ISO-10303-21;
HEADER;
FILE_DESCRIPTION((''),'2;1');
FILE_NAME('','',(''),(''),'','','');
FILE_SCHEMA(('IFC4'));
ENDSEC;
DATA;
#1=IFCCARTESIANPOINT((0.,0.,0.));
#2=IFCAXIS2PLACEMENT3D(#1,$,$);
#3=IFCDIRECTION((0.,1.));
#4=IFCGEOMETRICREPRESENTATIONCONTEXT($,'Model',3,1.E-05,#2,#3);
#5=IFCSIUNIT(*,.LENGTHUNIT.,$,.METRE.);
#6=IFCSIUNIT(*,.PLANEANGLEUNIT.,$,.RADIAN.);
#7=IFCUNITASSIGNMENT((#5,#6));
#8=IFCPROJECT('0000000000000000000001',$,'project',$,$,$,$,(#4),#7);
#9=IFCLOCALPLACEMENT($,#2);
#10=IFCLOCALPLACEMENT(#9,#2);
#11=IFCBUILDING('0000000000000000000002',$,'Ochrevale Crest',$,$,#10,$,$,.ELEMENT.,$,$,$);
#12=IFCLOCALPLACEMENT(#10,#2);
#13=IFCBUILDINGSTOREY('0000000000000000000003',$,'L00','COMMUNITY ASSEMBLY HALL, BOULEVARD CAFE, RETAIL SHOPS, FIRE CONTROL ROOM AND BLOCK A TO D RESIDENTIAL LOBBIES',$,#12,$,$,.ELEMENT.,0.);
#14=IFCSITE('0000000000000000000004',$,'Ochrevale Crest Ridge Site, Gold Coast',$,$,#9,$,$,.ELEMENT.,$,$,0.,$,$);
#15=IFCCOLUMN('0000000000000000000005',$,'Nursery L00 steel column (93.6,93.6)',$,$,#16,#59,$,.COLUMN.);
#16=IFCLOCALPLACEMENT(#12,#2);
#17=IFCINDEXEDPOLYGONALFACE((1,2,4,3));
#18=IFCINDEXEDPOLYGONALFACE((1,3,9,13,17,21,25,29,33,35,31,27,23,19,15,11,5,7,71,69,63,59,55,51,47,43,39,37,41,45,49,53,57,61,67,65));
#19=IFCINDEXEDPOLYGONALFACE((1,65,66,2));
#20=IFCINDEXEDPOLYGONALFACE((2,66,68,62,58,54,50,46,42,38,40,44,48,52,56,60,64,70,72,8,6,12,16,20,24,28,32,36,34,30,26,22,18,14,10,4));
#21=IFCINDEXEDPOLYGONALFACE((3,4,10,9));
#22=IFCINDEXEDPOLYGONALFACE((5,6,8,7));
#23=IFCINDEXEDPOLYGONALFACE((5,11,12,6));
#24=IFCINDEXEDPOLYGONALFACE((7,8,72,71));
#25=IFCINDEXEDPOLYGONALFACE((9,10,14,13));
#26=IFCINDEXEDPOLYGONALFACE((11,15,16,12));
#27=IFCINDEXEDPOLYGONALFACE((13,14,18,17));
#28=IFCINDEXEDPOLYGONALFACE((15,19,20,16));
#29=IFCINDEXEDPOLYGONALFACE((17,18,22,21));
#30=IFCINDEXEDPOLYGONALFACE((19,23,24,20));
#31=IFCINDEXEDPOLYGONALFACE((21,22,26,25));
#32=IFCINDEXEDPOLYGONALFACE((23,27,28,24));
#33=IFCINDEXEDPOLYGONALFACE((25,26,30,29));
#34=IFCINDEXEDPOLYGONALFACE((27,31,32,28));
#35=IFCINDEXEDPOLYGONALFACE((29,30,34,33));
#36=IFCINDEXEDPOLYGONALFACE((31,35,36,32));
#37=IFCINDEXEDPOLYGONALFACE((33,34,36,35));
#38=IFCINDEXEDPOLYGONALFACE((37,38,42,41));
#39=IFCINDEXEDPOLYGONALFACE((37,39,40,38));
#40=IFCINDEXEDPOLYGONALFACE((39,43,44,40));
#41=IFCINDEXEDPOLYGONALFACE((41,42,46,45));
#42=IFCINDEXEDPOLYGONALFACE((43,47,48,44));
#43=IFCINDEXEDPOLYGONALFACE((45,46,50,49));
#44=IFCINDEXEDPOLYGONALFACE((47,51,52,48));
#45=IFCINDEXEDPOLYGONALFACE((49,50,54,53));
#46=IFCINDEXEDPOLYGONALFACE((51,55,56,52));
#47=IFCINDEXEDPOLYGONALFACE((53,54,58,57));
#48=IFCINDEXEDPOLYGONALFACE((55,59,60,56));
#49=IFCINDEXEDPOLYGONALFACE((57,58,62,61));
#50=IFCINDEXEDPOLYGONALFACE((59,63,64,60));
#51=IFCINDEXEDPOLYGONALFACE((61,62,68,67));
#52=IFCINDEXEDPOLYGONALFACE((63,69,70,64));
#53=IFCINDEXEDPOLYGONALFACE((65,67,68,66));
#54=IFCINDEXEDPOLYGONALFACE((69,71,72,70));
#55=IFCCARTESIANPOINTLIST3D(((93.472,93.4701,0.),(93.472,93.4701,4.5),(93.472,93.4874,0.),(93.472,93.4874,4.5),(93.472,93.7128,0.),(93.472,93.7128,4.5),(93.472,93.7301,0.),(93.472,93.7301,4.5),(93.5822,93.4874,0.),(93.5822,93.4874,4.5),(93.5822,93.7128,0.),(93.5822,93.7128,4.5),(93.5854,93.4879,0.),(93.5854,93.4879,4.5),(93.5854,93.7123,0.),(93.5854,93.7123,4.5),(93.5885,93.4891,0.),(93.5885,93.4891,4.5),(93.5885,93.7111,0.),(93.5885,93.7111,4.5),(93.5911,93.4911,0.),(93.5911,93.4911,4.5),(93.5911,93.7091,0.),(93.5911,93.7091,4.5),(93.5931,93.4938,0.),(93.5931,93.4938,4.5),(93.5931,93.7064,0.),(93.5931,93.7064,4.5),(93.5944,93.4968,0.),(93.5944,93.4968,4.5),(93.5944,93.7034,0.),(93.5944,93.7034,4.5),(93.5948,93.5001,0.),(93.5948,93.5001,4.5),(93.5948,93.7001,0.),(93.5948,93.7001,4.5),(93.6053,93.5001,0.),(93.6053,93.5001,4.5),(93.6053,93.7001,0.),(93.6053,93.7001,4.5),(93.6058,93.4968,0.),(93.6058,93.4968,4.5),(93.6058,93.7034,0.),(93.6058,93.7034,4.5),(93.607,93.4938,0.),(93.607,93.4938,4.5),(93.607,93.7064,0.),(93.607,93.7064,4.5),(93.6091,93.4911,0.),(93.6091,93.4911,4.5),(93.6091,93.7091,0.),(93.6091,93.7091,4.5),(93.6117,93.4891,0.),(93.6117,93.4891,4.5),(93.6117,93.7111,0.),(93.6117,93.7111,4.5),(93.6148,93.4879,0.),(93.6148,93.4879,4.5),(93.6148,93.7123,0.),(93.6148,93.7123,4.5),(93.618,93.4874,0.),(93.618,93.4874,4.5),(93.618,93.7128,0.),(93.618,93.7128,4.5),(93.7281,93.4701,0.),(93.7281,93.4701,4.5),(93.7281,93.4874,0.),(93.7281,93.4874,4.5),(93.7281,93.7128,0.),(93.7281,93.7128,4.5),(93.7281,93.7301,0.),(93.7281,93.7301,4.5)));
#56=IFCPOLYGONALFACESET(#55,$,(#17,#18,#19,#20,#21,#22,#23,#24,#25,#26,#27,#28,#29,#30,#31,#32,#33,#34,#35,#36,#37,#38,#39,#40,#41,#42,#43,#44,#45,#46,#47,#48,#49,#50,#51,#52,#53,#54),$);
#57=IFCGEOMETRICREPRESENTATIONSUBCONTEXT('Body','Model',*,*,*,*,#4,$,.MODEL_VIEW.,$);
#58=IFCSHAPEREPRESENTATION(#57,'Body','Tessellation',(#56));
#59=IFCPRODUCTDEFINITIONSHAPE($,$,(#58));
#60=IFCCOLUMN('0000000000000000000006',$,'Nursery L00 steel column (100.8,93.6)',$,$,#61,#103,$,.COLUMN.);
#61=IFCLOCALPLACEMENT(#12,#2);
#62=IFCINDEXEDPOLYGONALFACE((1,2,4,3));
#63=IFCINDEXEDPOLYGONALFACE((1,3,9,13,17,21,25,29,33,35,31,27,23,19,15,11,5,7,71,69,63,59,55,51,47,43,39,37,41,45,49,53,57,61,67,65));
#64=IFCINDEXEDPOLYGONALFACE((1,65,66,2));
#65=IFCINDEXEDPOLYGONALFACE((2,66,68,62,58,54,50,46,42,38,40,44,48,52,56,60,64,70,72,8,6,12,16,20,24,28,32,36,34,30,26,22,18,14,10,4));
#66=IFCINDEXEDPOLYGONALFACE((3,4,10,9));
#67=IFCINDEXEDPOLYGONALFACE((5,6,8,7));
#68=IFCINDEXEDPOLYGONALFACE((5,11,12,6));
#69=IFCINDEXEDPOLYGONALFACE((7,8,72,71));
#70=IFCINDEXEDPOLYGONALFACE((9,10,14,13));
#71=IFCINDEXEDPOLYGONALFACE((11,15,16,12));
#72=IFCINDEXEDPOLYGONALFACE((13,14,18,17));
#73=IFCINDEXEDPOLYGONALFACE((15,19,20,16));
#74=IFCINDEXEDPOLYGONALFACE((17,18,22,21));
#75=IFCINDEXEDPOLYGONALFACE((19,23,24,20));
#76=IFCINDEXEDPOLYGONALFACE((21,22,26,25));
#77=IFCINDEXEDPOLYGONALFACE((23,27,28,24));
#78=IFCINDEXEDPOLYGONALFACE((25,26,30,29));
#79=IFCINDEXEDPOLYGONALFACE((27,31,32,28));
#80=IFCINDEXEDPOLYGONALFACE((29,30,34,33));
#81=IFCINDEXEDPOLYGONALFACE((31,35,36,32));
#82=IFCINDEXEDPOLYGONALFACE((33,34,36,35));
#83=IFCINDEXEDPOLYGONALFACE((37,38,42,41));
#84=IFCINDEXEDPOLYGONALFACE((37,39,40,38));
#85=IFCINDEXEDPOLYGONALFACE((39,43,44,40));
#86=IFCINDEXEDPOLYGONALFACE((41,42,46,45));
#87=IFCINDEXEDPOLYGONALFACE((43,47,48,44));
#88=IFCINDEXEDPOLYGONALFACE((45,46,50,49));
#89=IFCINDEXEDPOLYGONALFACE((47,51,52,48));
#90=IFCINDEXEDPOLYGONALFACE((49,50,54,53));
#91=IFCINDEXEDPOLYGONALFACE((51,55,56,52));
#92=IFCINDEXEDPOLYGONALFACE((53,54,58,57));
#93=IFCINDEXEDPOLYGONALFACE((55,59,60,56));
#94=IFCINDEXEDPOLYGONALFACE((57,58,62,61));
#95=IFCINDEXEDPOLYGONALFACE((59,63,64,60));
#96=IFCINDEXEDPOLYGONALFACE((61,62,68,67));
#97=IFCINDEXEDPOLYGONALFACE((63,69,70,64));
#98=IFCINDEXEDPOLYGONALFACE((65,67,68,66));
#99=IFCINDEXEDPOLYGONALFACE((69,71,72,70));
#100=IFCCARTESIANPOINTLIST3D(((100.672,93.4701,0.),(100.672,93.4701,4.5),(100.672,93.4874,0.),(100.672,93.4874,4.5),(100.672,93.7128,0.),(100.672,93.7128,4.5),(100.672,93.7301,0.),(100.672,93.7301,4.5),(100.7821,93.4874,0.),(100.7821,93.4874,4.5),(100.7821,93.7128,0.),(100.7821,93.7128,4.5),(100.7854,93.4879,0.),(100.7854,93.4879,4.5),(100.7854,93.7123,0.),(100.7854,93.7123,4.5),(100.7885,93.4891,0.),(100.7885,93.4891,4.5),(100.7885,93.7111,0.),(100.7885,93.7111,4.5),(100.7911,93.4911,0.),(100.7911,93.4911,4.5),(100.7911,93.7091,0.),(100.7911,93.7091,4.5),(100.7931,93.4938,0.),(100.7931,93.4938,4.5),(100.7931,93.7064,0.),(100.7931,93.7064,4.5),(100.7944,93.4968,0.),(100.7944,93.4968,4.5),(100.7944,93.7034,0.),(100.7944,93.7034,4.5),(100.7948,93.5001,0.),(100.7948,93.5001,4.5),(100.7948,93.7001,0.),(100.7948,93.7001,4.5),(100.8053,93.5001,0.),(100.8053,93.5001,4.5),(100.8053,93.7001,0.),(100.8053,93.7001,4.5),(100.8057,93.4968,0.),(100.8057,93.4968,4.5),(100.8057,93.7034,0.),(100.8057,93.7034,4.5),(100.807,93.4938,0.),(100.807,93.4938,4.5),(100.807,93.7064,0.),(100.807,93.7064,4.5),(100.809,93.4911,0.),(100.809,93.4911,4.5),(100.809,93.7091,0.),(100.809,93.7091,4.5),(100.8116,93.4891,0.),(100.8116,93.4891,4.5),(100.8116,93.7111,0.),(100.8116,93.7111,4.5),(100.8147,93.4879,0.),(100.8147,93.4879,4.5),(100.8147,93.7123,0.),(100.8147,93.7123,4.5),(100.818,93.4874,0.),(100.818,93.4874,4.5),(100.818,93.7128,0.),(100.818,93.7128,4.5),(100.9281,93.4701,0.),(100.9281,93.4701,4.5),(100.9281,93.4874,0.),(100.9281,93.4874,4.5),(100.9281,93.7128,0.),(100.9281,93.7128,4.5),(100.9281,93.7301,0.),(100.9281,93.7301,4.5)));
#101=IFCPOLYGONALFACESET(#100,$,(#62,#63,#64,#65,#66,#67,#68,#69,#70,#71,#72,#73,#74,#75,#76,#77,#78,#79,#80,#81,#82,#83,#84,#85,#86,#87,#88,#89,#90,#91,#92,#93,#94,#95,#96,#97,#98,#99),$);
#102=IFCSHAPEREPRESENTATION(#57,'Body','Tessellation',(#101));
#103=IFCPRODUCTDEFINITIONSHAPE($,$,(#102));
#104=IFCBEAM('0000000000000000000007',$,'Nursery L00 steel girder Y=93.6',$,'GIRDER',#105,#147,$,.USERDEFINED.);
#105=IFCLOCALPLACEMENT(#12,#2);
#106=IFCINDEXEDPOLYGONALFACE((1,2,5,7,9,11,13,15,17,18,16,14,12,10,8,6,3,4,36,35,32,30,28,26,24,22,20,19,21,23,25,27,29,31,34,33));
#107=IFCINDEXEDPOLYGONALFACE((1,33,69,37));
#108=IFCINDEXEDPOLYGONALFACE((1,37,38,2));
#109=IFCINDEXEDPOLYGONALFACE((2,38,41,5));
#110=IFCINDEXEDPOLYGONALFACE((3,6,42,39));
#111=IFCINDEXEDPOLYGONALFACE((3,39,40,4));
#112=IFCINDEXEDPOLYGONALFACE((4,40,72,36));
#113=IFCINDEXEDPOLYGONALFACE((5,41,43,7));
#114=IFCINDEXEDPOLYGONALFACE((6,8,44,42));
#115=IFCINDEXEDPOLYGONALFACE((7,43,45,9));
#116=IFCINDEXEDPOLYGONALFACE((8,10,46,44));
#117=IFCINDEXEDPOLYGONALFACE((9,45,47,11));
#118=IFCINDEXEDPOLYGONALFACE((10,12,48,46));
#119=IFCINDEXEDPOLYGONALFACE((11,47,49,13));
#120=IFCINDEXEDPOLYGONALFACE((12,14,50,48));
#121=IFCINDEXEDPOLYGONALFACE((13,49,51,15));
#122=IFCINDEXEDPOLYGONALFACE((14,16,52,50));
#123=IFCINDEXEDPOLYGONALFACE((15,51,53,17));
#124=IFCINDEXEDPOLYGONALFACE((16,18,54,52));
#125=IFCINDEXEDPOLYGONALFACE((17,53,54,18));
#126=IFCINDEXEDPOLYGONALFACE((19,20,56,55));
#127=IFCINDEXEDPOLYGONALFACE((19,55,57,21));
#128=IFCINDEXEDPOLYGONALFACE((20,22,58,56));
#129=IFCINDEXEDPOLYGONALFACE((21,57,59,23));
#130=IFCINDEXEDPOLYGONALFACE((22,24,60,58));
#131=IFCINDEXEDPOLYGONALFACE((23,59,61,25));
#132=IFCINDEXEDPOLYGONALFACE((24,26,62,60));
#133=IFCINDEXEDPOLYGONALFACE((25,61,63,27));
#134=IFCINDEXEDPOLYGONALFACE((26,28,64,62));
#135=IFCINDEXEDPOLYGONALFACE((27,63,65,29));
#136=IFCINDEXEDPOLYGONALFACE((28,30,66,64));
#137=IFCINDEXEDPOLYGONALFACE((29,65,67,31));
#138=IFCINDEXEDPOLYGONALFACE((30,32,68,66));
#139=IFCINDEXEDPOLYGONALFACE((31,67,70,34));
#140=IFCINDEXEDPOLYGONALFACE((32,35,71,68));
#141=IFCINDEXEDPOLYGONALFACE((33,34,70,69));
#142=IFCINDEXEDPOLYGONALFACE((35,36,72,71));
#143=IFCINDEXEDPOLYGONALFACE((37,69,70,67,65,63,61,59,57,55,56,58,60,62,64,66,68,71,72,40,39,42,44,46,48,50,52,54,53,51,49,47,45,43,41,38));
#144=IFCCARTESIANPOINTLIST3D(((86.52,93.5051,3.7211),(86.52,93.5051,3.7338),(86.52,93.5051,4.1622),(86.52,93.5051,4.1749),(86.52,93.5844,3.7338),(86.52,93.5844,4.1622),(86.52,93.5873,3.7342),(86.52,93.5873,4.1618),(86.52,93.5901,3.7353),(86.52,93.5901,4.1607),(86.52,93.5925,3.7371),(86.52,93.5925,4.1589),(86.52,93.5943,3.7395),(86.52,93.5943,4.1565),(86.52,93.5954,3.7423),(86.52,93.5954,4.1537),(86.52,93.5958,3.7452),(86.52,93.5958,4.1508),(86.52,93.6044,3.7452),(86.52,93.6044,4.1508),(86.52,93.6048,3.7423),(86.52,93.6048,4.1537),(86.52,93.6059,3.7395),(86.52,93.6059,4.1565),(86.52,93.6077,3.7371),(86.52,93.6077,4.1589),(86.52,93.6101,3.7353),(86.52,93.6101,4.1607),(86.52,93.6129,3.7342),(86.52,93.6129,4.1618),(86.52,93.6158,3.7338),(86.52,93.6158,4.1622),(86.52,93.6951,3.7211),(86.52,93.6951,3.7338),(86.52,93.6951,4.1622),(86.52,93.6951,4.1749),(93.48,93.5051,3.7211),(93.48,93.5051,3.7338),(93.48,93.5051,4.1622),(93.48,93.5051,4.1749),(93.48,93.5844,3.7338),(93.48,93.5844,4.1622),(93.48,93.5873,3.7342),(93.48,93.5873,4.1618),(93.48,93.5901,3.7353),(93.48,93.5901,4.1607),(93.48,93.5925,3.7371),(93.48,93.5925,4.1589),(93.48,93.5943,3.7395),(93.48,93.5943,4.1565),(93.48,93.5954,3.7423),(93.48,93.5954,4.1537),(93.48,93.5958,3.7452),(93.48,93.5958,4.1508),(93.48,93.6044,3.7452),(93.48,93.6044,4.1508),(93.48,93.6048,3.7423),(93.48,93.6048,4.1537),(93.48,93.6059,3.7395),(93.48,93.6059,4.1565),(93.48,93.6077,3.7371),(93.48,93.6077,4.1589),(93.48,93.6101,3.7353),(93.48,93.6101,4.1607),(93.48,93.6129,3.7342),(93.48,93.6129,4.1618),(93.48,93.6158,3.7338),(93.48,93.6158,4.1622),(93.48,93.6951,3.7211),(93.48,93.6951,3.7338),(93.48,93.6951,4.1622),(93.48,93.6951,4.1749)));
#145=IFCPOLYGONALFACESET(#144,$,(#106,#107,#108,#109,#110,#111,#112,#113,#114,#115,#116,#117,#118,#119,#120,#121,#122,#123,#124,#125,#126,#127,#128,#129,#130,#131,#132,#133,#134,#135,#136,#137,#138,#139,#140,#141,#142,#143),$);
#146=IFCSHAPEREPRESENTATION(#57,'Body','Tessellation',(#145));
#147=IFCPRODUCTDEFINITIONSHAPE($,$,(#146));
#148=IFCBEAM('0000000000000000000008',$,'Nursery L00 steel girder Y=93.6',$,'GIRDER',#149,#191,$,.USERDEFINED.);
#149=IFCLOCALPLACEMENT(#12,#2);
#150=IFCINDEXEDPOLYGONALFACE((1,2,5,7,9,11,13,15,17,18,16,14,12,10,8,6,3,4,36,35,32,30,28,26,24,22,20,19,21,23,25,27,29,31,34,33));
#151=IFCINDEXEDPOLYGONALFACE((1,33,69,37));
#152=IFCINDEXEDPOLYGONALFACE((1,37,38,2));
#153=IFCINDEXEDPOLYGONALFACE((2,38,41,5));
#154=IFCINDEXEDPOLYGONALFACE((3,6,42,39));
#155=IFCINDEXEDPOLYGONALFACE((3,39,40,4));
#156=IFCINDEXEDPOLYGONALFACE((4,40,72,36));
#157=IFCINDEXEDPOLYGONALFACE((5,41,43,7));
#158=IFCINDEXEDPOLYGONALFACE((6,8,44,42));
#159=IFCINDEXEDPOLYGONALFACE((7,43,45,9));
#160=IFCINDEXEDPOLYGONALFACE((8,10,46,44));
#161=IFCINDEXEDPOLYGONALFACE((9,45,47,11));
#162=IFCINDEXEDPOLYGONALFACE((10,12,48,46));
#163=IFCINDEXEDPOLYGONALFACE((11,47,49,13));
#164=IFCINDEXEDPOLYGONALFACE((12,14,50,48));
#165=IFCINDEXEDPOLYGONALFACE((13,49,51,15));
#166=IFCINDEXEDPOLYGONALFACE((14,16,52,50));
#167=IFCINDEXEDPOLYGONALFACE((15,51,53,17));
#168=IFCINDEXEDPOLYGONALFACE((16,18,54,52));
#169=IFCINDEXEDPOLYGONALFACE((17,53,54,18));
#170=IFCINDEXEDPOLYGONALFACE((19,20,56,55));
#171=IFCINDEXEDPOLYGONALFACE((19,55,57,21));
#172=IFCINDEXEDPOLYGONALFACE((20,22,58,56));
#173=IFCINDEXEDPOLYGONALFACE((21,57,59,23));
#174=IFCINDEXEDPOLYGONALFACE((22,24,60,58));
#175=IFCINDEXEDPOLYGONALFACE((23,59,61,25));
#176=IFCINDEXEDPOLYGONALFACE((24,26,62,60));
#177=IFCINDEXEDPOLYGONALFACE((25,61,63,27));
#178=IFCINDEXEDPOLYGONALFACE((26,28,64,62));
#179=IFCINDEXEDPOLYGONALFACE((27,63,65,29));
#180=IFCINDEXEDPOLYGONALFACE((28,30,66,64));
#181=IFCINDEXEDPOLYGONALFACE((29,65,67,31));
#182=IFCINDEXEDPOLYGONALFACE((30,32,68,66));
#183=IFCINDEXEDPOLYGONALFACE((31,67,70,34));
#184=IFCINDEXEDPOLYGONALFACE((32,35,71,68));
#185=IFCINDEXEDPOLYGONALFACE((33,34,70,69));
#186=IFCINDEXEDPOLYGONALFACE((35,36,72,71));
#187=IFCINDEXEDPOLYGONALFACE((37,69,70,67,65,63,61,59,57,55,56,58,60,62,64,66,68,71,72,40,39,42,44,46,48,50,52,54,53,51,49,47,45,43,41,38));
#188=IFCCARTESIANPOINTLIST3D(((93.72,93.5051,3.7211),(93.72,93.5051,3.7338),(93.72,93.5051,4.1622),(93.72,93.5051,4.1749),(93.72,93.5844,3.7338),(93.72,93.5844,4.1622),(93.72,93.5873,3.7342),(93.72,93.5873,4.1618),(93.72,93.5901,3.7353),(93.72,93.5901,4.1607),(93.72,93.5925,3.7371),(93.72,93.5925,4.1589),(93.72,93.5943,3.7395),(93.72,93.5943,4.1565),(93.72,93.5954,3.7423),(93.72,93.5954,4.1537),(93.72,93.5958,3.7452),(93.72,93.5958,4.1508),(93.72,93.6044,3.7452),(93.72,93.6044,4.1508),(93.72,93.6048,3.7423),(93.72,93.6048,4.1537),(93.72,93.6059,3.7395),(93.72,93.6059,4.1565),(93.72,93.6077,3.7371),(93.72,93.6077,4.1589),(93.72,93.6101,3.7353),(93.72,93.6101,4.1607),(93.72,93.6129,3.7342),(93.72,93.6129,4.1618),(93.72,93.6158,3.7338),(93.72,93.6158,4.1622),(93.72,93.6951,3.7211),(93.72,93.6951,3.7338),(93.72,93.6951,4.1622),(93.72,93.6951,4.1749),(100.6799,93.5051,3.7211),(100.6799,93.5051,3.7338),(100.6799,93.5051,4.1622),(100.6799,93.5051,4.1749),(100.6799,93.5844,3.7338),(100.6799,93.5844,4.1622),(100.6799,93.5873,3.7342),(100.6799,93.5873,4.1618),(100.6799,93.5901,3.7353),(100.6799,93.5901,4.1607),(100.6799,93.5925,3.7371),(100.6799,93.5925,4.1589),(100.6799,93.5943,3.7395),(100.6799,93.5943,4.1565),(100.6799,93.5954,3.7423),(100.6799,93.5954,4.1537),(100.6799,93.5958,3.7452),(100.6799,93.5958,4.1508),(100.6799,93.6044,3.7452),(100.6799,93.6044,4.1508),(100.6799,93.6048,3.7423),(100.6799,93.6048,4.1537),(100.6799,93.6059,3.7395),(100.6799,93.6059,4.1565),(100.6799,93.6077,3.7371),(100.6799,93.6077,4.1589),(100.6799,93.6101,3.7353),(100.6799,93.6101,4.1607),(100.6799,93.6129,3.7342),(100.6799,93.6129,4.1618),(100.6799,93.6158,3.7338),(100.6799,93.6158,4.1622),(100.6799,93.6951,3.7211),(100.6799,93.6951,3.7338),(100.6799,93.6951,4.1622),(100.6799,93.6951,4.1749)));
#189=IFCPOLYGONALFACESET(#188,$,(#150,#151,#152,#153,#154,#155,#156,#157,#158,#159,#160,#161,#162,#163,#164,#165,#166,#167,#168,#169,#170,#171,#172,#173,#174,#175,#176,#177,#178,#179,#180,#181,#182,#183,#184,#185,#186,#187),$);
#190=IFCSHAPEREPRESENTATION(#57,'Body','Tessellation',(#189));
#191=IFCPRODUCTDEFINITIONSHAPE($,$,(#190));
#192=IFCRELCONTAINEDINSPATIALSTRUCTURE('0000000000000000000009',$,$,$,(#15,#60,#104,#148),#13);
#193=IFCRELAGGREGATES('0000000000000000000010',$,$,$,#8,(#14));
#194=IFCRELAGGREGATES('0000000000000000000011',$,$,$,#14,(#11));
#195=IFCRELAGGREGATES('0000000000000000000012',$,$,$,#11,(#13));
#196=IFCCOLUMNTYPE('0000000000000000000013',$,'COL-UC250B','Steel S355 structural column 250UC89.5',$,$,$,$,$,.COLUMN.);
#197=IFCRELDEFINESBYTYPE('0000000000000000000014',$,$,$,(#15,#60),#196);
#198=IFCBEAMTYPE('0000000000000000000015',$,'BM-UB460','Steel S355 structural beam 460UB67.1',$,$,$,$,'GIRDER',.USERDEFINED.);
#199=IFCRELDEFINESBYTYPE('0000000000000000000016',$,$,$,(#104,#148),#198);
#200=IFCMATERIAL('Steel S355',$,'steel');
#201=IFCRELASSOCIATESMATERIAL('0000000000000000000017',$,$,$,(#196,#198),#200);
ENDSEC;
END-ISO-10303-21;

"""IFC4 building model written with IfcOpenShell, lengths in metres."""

from ifc_helpers import new_model, si_unit, direction, frame, origin, origin_2d, place, context, subcontext, project, spatial, i_section, extrude, material, material_profile, profile_set, type_object, element, save


model = new_model("IFC4")

# Units and contexts
model_context = context("Model", 3, precision=1e-05, world=origin(), true_north=direction((0.0, 1.0)))
body_context = subcontext(model_context, "Body", "Model", "MODEL_VIEW")
ifc_project = project(units=[si_unit("LENGTHUNIT", "METRE"), si_unit("PLANEANGLEUNIT", "RADIAN")], contexts=[model_context])

# Site, building, storey
site_placement = place(None, origin())
site = spatial("IfcSite", under=ifc_project, at=site_placement, Name="Ochrevale Crest Ridge Site, Gold Coast", CompositionType="ELEMENT", RefElevation=0.0)
building_placement = place(site_placement, origin())
building = spatial("IfcBuilding", under=site, at=building_placement, Name="Ochrevale Crest", CompositionType="ELEMENT")
storey_placement = place(building_placement, origin())
storey = spatial("IfcBuildingStorey", under=building, at=storey_placement, Name="L00", Description="COMMUNITY ASSEMBLY HALL, BOULEVARD CAFE, RETAIL SHOPS, FIRE CONTROL ROOM AND BLOCK A TO D RESIDENTIAL LOBBIES", CompositionType="ELEMENT", Elevation=0.0)

# Columns
ifc_material_1 = material(Name="Steel S355", Category="steel")
ifc_material_profile_1 = material_profile(ifc_material_1, i_section(OverallWidth=0.2561, OverallDepth=0.26, WebThickness=0.0105, FlangeThickness=0.0173, FilletRadius=0.0127, at=origin_2d()), Name="250UC89.5")
ifc_profile_set_1 = profile_set([ifc_material_profile_1], Name="Steel S355")
column_type_1 = type_object("IfcColumnType", Name="COL-UC250B", Description="Steel S355 structural column 250UC89.5", PredefinedType="COLUMN", material=ifc_profile_set_1)
for number, where, z_axis, x_axis, name in (
    (1, (93.6001, 93.6001, 0.0), (0.0, 0.0, 1.0), (1.0, 0.0, 0.0), "Nursery L00 steel column (93.6,93.6)"),
    (2, (100.8, 93.6001, 0.0), (0.0, 0.0, 1.0), (1.0, 0.0, 0.0), "Nursery L00 steel column (100.8,93.6)"),
):
    element("IfcColumn", number, at=place(storey_placement, frame(where, z_axis=z_axis, x_axis=x_axis)), inside=storey, type_object=column_type_1, Name=name, PredefinedType="COLUMN", context=body_context, shape_type="SweptSolid", body=[
        extrude(i_section(OverallWidth=0.2561, OverallDepth=0.26, WebThickness=0.0105, FlangeThickness=0.0173, FilletRadius=0.0127, at=origin_2d()), origin(), (0.0, 0.0, 1.0), 4.5),
    ])

# Beams
ifc_material_profile_2 = material_profile(ifc_material_1, i_section(OverallWidth=0.1899, OverallDepth=0.4539, WebThickness=0.0085, FlangeThickness=0.0127, FilletRadius=0.0115, at=origin_2d()), Name="460UB67.1")
ifc_profile_set_2 = profile_set([ifc_material_profile_2], Name="Steel S355")
beam_type = type_object("IfcBeamType", Name="BM-UB460", Description="Steel S355 structural beam 460UB67.1", ElementType="GIRDER", PredefinedType="USERDEFINED", material=ifc_profile_set_2)
for number, where, z_axis, x_axis, name in (
    (3, (86.52, 93.6001, 3.948), (1.0, 0.0, 0.0), (0.0, 1.0, 0.0), "Nursery L00 steel girder Y=93.6"),
    (4, (93.72, 93.6001, 3.948), (1.0, 0.0, 0.0), (0.0, 1.0, 0.0), "Nursery L00 steel girder Y=93.6"),
):
    element("IfcBeam", number, at=place(storey_placement, frame(where, z_axis=z_axis, x_axis=x_axis)), inside=storey, type_object=beam_type, Name=name, ObjectType="GIRDER", PredefinedType="USERDEFINED", context=body_context, shape_type="SweptSolid", body=[
        extrude(i_section(OverallWidth=0.1899, OverallDepth=0.4539, WebThickness=0.0085, FlangeThickness=0.0127, FilletRadius=0.0115, at=origin_2d()), origin(), (0.0, 0.0, 1.0), 6.96),
    ])

save(model, "model.ifc")
